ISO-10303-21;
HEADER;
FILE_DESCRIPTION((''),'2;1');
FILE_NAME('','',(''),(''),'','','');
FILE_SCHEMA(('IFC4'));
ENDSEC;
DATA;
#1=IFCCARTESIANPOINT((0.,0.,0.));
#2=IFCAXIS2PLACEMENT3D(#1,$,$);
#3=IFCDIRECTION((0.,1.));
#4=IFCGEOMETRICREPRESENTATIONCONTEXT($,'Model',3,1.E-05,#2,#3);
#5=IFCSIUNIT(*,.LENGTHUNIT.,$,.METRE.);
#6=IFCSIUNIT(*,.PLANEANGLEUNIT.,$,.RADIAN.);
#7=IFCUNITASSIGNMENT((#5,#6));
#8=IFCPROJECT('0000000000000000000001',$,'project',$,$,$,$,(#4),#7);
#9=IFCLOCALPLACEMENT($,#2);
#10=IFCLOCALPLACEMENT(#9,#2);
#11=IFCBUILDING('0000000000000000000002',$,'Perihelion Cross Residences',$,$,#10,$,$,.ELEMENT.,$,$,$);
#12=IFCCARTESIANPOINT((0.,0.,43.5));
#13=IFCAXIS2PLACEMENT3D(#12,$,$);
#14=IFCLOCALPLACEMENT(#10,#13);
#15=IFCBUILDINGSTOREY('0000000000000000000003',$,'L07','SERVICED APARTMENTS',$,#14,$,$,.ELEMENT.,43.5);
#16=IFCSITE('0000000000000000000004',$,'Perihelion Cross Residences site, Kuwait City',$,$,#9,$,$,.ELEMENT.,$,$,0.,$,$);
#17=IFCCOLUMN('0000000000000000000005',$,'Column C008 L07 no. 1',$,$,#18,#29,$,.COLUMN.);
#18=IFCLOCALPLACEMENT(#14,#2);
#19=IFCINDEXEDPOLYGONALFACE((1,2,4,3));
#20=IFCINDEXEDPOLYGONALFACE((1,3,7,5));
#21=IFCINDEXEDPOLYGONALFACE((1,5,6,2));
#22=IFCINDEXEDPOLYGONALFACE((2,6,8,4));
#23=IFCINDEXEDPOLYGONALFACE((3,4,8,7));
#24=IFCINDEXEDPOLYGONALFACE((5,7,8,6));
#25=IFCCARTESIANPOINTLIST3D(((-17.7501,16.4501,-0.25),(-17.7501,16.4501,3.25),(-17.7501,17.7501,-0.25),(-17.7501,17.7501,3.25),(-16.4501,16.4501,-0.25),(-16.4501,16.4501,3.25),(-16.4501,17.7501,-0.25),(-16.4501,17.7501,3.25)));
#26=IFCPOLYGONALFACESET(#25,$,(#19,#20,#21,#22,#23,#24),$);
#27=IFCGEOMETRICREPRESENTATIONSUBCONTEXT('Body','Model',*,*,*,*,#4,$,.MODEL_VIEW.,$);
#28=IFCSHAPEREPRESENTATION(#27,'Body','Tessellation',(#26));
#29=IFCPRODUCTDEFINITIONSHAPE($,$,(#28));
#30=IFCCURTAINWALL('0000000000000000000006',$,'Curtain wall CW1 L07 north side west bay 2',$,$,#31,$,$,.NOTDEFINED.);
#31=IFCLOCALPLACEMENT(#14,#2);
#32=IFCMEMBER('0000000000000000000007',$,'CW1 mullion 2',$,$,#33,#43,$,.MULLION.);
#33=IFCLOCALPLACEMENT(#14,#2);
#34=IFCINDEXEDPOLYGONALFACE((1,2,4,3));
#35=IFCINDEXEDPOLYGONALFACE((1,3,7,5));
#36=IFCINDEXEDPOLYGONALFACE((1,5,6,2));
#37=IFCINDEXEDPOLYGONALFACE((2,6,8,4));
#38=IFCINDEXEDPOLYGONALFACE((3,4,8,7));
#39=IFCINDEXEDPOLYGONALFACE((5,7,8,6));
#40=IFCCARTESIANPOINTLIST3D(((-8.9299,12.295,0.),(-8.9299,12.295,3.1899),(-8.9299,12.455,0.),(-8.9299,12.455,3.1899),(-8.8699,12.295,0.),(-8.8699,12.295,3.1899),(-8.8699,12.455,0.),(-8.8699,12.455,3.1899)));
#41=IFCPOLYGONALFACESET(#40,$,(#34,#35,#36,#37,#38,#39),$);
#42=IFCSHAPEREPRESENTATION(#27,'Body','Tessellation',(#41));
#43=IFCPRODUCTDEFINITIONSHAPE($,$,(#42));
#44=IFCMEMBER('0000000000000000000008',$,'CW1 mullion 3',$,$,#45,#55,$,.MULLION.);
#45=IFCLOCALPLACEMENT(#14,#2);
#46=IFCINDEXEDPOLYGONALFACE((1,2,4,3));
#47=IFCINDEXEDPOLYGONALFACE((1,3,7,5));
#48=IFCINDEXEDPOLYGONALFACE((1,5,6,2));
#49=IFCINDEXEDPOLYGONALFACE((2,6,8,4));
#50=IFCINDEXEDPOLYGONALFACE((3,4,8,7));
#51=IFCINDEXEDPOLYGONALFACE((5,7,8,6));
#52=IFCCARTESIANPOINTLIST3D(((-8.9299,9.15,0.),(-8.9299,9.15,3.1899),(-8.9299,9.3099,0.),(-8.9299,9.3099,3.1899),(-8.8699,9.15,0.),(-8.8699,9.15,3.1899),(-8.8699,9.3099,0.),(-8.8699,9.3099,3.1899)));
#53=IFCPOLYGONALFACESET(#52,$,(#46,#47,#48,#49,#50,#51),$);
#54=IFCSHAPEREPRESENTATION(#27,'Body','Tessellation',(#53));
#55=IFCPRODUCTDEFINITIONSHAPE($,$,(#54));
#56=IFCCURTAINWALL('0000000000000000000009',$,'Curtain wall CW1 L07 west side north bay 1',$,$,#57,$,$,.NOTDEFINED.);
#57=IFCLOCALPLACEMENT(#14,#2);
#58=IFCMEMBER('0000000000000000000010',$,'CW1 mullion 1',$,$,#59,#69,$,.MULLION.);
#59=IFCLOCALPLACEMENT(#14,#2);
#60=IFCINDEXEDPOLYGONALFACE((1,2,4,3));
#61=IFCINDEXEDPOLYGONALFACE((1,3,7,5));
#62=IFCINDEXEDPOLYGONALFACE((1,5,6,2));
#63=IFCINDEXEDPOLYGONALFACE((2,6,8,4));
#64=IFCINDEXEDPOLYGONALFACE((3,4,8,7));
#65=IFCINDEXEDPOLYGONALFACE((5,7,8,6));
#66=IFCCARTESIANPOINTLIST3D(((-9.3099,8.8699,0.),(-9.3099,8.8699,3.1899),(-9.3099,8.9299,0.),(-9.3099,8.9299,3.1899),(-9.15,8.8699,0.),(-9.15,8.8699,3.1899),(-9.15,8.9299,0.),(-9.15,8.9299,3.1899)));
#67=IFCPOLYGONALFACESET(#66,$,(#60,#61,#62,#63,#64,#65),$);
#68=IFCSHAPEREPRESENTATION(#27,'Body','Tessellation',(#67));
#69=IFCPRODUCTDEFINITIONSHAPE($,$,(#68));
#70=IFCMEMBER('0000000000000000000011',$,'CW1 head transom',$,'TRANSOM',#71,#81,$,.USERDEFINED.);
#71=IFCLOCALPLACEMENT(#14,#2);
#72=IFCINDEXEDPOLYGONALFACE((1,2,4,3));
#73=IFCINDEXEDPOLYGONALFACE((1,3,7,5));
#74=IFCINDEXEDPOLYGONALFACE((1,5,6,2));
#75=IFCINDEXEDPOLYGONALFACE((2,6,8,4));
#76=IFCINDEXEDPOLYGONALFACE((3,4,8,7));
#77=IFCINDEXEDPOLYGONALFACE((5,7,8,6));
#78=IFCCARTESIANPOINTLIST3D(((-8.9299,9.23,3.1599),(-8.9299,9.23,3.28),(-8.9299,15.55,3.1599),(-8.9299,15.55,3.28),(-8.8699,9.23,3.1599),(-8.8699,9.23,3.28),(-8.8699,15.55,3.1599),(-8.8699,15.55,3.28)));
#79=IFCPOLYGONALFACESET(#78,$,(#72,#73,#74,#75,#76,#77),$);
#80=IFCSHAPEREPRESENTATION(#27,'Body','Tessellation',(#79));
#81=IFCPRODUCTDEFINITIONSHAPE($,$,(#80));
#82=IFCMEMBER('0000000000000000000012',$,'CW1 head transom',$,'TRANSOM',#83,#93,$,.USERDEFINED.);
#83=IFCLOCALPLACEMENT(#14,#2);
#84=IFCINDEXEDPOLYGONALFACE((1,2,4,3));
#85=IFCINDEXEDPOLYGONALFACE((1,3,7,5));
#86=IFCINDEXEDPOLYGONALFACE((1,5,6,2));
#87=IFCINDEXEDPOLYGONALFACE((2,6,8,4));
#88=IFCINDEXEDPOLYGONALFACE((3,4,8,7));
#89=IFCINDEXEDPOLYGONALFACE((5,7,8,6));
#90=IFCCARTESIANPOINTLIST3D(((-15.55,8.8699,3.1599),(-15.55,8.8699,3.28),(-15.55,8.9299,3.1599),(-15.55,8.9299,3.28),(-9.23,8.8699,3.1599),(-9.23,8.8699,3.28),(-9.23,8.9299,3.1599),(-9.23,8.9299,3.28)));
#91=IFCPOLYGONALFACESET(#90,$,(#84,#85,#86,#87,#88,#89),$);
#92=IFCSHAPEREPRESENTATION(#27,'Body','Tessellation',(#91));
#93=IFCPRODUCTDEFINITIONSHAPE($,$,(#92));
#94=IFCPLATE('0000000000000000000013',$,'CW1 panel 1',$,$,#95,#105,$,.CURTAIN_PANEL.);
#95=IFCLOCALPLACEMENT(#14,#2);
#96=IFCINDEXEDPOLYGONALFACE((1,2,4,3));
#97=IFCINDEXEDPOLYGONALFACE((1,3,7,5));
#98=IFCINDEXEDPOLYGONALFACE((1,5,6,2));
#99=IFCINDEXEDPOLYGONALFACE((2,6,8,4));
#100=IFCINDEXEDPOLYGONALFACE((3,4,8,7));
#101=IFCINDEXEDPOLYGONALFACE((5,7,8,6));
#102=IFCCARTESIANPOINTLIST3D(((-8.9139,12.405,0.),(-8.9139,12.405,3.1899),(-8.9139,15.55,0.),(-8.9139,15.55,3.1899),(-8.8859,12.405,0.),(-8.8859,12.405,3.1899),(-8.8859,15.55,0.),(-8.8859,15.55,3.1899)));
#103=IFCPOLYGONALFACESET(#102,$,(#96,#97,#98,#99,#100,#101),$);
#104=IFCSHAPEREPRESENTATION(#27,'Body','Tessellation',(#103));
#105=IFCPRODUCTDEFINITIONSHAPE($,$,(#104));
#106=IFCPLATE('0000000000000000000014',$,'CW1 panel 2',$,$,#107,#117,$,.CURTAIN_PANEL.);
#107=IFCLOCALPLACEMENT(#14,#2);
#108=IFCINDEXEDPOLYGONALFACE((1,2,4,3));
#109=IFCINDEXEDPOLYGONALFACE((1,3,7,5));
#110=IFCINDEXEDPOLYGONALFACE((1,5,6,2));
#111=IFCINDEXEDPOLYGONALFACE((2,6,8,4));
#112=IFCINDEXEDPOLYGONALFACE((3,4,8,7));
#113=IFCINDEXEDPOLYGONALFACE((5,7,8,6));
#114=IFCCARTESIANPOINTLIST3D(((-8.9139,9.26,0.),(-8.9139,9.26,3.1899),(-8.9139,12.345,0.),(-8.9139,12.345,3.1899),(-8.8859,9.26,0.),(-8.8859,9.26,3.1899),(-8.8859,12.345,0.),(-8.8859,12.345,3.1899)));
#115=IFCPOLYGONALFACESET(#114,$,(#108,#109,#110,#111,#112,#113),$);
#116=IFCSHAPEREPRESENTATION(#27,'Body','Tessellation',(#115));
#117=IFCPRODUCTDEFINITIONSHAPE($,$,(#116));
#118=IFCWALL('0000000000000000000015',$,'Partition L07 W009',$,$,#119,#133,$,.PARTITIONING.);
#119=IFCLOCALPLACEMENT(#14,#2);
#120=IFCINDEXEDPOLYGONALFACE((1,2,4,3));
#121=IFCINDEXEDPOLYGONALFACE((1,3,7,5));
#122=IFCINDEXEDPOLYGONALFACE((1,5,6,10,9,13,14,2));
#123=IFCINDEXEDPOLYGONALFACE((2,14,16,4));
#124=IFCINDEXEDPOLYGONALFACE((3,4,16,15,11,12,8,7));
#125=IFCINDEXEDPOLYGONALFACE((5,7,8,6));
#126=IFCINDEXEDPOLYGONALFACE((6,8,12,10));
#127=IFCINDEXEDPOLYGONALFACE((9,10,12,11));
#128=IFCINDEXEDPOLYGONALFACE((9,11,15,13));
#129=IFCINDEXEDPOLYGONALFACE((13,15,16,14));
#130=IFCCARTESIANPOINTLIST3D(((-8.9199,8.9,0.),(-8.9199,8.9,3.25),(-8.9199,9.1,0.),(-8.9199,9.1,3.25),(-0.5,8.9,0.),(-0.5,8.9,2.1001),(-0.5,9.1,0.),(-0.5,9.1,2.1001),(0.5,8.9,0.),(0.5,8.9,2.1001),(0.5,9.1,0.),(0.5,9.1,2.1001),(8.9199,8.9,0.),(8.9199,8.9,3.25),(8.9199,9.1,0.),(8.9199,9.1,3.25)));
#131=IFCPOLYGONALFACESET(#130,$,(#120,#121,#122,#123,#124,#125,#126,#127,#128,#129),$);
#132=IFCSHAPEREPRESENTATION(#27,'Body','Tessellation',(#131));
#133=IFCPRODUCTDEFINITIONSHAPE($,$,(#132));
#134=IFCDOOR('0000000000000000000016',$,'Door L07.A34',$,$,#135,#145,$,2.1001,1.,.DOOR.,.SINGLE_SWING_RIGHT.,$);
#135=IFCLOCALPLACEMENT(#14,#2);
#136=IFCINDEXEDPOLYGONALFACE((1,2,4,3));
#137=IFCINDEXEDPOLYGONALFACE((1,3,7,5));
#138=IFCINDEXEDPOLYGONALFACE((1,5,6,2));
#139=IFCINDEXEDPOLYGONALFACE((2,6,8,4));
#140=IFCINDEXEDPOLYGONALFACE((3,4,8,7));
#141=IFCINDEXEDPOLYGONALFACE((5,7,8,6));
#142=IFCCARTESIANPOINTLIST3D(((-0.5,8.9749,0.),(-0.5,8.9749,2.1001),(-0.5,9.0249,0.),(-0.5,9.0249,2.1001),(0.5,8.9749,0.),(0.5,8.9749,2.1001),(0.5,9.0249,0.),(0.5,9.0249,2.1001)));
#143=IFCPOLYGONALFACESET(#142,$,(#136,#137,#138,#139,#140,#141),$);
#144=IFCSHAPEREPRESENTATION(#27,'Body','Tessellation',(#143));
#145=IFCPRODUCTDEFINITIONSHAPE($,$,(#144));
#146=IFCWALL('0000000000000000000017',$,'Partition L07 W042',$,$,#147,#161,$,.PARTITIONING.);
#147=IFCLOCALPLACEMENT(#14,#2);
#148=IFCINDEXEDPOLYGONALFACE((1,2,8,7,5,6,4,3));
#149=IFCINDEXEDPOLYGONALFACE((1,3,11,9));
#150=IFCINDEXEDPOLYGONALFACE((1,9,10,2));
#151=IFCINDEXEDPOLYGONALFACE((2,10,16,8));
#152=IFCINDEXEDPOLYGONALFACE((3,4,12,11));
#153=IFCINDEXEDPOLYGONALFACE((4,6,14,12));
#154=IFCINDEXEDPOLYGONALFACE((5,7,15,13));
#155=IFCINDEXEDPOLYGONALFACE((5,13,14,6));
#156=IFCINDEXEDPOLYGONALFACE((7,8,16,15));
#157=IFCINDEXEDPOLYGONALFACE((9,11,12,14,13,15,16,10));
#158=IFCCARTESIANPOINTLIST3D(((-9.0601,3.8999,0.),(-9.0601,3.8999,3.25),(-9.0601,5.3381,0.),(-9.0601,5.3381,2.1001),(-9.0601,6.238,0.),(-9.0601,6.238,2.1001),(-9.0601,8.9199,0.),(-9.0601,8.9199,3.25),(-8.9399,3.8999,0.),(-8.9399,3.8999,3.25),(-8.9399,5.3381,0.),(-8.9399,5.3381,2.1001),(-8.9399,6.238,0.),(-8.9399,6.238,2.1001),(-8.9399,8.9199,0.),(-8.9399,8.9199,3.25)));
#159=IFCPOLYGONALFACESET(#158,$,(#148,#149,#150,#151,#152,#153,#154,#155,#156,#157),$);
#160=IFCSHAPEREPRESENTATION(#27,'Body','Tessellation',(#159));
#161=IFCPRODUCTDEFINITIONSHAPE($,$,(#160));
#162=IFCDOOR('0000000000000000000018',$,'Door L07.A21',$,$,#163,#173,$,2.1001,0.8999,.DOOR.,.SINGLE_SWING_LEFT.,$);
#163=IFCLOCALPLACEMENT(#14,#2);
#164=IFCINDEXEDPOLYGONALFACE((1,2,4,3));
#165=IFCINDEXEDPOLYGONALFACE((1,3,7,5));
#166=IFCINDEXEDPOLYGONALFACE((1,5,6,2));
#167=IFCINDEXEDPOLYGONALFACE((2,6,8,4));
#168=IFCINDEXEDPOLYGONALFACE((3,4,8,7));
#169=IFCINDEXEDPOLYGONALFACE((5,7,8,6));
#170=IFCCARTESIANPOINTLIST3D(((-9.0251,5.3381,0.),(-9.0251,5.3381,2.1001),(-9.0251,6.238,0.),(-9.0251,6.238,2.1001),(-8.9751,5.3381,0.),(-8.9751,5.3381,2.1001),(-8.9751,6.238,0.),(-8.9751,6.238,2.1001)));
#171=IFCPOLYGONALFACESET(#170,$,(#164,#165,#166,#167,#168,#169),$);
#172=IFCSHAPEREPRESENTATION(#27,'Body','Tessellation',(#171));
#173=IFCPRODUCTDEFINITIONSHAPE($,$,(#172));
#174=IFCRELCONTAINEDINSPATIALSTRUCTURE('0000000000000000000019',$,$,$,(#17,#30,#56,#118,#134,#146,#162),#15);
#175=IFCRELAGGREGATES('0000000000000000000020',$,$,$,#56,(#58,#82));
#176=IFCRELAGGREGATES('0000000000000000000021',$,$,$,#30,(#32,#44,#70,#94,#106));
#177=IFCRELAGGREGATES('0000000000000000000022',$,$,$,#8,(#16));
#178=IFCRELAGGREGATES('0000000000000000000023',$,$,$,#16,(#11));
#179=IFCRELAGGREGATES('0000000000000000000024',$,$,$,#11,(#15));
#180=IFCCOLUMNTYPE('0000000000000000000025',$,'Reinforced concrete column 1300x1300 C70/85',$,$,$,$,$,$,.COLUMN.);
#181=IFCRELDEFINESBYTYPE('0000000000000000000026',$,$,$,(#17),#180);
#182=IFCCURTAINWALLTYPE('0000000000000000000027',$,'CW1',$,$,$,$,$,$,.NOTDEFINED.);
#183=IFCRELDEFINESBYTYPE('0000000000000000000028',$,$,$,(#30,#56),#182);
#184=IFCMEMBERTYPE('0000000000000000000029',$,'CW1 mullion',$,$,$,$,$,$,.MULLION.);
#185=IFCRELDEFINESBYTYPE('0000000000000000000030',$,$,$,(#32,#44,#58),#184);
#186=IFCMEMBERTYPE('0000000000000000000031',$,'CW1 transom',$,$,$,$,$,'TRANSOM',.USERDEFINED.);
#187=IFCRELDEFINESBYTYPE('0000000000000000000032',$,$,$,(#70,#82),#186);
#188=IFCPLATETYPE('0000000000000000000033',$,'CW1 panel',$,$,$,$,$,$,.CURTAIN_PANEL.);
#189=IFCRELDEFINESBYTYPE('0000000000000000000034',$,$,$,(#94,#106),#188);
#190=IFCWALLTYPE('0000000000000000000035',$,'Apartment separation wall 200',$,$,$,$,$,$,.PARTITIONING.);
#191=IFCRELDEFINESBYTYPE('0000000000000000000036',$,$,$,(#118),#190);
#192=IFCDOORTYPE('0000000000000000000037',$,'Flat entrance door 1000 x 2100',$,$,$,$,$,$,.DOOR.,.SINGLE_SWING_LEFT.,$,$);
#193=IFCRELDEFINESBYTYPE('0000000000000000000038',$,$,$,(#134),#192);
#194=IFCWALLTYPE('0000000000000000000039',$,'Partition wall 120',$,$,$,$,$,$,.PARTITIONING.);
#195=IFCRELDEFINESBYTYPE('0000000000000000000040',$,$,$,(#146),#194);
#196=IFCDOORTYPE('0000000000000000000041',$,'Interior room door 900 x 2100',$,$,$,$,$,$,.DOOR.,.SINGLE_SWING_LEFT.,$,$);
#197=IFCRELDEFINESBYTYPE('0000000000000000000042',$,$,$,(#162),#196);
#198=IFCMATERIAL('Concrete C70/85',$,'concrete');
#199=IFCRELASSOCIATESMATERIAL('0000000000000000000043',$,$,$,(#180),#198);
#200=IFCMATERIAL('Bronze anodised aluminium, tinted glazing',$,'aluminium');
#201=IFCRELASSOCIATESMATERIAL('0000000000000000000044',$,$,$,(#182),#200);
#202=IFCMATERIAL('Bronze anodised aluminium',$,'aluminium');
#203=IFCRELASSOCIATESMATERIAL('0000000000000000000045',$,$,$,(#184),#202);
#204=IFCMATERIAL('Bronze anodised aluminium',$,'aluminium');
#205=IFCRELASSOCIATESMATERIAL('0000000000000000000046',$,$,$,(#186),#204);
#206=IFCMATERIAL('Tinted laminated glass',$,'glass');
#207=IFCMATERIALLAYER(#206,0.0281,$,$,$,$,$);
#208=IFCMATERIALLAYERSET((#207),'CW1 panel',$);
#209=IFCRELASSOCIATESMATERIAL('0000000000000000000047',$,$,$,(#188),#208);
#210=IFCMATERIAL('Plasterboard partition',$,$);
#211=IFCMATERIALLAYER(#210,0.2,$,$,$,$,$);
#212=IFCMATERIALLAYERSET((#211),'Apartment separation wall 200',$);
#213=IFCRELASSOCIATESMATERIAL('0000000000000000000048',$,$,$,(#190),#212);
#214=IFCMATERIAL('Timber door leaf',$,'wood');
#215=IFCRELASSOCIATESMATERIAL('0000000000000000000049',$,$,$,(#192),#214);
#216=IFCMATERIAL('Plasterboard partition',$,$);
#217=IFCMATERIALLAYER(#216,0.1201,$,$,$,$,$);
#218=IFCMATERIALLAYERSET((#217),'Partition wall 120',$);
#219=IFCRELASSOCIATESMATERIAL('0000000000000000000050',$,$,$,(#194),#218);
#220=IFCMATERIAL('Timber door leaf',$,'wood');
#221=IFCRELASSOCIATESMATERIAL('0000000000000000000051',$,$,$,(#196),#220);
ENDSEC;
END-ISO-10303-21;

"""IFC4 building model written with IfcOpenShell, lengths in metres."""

from ifc_helpers import new_model, si_unit, direction, frame, frame_2d, origin, origin_2d, place, context, subcontext, project, spatial, rectangle, extrude, material, layer, layer_set, material_profile, profile_set, type_object, element, fill, aggregate, save


model = new_model("IFC4")

# Units and contexts
model_context = context("Model", 3, precision=1e-05, world=origin(), true_north=direction((0.0, 1.0)))
body_context = subcontext(model_context, "Body", "Model", "MODEL_VIEW")
ifc_project = project(units=[si_unit("LENGTHUNIT", "METRE"), si_unit("PLANEANGLEUNIT", "RADIAN")], contexts=[model_context])

# Site, building, storey
site_placement = place(None, origin())
site = spatial("IfcSite", under=ifc_project, at=site_placement, Name="Perihelion Cross Residences site, Kuwait City", CompositionType="ELEMENT", RefElevation=0.0)
building_placement = place(site_placement, origin())
building = spatial("IfcBuilding", under=site, at=building_placement, Name="Perihelion Cross Residences", CompositionType="ELEMENT")
storey_placement = place(building_placement, frame((0.0, 0.0, 43.5)))
storey = spatial("IfcBuildingStorey", under=building, at=storey_placement, Name="L07", Description="SERVICED APARTMENTS", CompositionType="ELEMENT", Elevation=43.5)

# Column
ifc_material_1 = material(Name="Concrete C70/85", Category="concrete")
ifc_material_profile_1 = material_profile(ifc_material_1, rectangle(XDim=1.3, YDim=1.3, at=origin_2d()), Name="RC 1300x1300")
ifc_profile_set_1 = profile_set([ifc_material_profile_1], Name="Concrete C70/85")
column_type = type_object("IfcColumnType", Name="Reinforced concrete column 1300x1300 C70/85", PredefinedType="COLUMN", material=ifc_profile_set_1)
column_placement = place(storey_placement, frame((-17.1001, 17.1001, -0.25), z_axis=(0.0, 0.0, 1.0), x_axis=(1.0, 0.0, 0.0)))
element("IfcColumn", 1, at=column_placement, inside=storey, type_object=column_type, Name="Column C008 L07 no. 1", PredefinedType="COLUMN", context=body_context, shape_type="SweptSolid", body=[
    extrude(rectangle(XDim=1.3, YDim=1.3, at=origin_2d()), origin(), (0.0, 0.0, 1.0), 3.5),
])

# Curtain wall, members
ifc_material_2 = material(Name="Bronze anodised aluminium, tinted glazing", Category="aluminium")
curtain_wall_type = type_object("IfcCurtainWallType", Name="CW1", PredefinedType="NOTDEFINED", material=ifc_material_2)
curtain_wall_1_placement = place(storey_placement, origin())
curtain_wall_1 = element("IfcCurtainWall", 2, at=curtain_wall_1_placement, inside=storey, type_object=curtain_wall_type, Name="Curtain wall CW1 L07 north side west bay 2", PredefinedType="NOTDEFINED")
ifc_material_3 = material(Name="Bronze anodised aluminium", Category="aluminium")
ifc_material_profile_2 = material_profile(ifc_material_3, rectangle(XDim=0.0601, YDim=0.1599, at=origin_2d()), Name="CW1 mullion")
ifc_profile_set_2 = profile_set([ifc_material_profile_2], Name="Bronze anodised aluminium")
member_type_1 = type_object("IfcMemberType", Name="CW1 mullion", PredefinedType="MULLION", material=ifc_profile_set_2)
member_1_placement = place(storey_placement, frame((-8.8999, 12.375, 0.0), z_axis=(0.0, 0.0, 1.0), x_axis=(1.0, 0.0, 0.0)))
member_1 = element("IfcMember", 3, at=member_1_placement, type_object=member_type_1, Name="CW1 mullion 2", PredefinedType="MULLION", context=body_context, shape_type="SweptSolid", body=[
    extrude(rectangle(XDim=0.0601, YDim=0.1599, at=origin_2d()), origin(), (0.0, 0.0, 1.0), 3.1899),
])
member_2_placement = place(storey_placement, frame((-8.8999, 9.23, 0.0), z_axis=(0.0, 0.0, 1.0), x_axis=(1.0, 0.0, 0.0)))
member_2 = element("IfcMember", 4, at=member_2_placement, type_object=member_type_1, Name="CW1 mullion 3", PredefinedType="MULLION", context=body_context, shape_type="SweptSolid", body=[
    extrude(rectangle(XDim=0.0601, YDim=0.1599, at=origin_2d()), origin(), (0.0, 0.0, 1.0), 3.1899),
])

# Curtain wall, member
curtain_wall_2_placement = place(storey_placement, origin())
curtain_wall_2 = element("IfcCurtainWall", 5, at=curtain_wall_2_placement, inside=storey, type_object=curtain_wall_type, Name="Curtain wall CW1 L07 west side north bay 1", PredefinedType="NOTDEFINED")
member_3_placement = place(storey_placement, frame((-9.23, 8.8999, 0.0), z_axis=(0.0, 0.0, 1.0), x_axis=(0.0, -1.0, 0.0)))
member_3 = element("IfcMember", 6, at=member_3_placement, type_object=member_type_1, Name="CW1 mullion 1", PredefinedType="MULLION", context=body_context, shape_type="SweptSolid", body=[
    extrude(rectangle(XDim=0.0601, YDim=0.1599, at=origin_2d()), origin(), (0.0, 0.0, 1.0), 3.1899),
])

# Members
ifc_material_4 = material(Name="Bronze anodised aluminium", Category="aluminium")
ifc_material_profile_3 = material_profile(ifc_material_4, rectangle(XDim=0.0601, YDim=0.1201, at=origin_2d()), Name="CW1 transom")
ifc_profile_set_3 = profile_set([ifc_material_profile_3], Name="Bronze anodised aluminium")
member_type_2 = type_object("IfcMemberType", Name="CW1 transom", ElementType="TRANSOM", PredefinedType="USERDEFINED", material=ifc_profile_set_3)
member_4_placement = place(storey_placement, frame((-8.8999, 15.55, 3.22), z_axis=(0.0, -1.0, 0.0), x_axis=(1.0, 0.0, 0.0)))
member_4 = element("IfcMember", 7, at=member_4_placement, type_object=member_type_2, Name="CW1 head transom", ObjectType="TRANSOM", PredefinedType="USERDEFINED", context=body_context, shape_type="SweptSolid", body=[
    extrude(rectangle(XDim=0.0601, YDim=0.1201, at=origin_2d()), origin(), (0.0, 0.0, 1.0), 6.3201),
])
member_5_placement = place(storey_placement, frame((-9.23, 8.8999, 3.22), z_axis=(-1.0, 0.0, 0.0), x_axis=(0.0, -1.0, 0.0)))
member_5 = element("IfcMember", 8, at=member_5_placement, type_object=member_type_2, Name="CW1 head transom", ObjectType="TRANSOM", PredefinedType="USERDEFINED", context=body_context, shape_type="SweptSolid", body=[
    extrude(rectangle(XDim=0.0601, YDim=0.1201, at=origin_2d()), origin(), (0.0, 0.0, 1.0), 6.3201),
])
aggregate(curtain_wall_2, [member_3, member_5])

# Plates
ifc_material_5 = material(Name="Tinted laminated glass", Category="glass")
ifc_layer_1 = layer(ifc_material_5, 0.0281)
ifc_layer_set_1 = layer_set([ifc_layer_1], Name="CW1 panel")
plate_type = type_object("IfcPlateType", Name="CW1 panel", PredefinedType="CURTAIN_PANEL", material=ifc_layer_set_1)
plate_1_placement = place(storey_placement, frame((-8.8999, 13.9775, 0.0), z_axis=(0.0, 0.0, 1.0), x_axis=(0.0, -1.0, 0.0)))
plate_1 = element("IfcPlate", 9, at=plate_1_placement, type_object=plate_type, Name="CW1 panel 1", PredefinedType="CURTAIN_PANEL", context=body_context, shape_type="SweptSolid", body=[
    extrude(rectangle(XDim=3.145, YDim=0.0281, at=origin_2d()), origin(), (0.0, 0.0, 1.0), 3.1899),
])
plate_2_placement = place(storey_placement, frame((-8.8999, 10.8025, 0.0), z_axis=(0.0, 0.0, 1.0), x_axis=(0.0, -1.0, 0.0)))
plate_2 = element("IfcPlate", 10, at=plate_2_placement, type_object=plate_type, Name="CW1 panel 2", PredefinedType="CURTAIN_PANEL", context=body_context, shape_type="SweptSolid", body=[
    extrude(rectangle(XDim=3.085, YDim=0.0281, at=origin_2d()), origin(), (0.0, 0.0, 1.0), 3.1899),
])
aggregate(curtain_wall_1, [member_1, member_2, member_4, plate_1, plate_2])

# Walls, openings, doors
ifc_material_6 = material(Name="Plasterboard partition")
ifc_layer_2 = layer(ifc_material_6, 0.2)
ifc_layer_set_2 = layer_set([ifc_layer_2], Name="Apartment separation wall 200")
wall_type_1 = type_object("IfcWallType", Name="Apartment separation wall 200", PredefinedType="PARTITIONING", material=ifc_layer_set_2)
wall_1_placement = place(storey_placement, frame((-8.9199, 9.0, 0.0), z_axis=(0.0, 0.0, 1.0), x_axis=(1.0, 0.0, 0.0)))
wall_1 = element("IfcWall", 11, at=wall_1_placement, inside=storey, type_object=wall_type_1, Name="Partition L07 W009", PredefinedType="PARTITIONING", context=body_context, shape_type="SweptSolid", body=[
    extrude(rectangle(XDim=17.8398, YDim=0.2, at=frame_2d((8.9199, 0.0))), origin(), (0.0, 0.0, 1.0), 3.25),
])
opening_1_placement = place(wall_1_placement, frame((8.4199, 0.0, 0.0)))
opening_1 = element("IfcOpeningElement", 12, at=opening_1_placement, cuts=wall_1, PredefinedType="OPENING", context=body_context, shape_type="SweptSolid", body=[
    extrude(rectangle(XDim=1.0, YDim=2.1001, at=frame_2d((0.5, 1.05))), frame((0.0, 0.1099, 0.0), z_axis=(0.0, -1.0, 0.0), x_axis=(1.0, 0.0, 0.0)), (0.0, 0.0, 1.0), 0.22),
])
ifc_material_7 = material(Name="Timber door leaf", Category="wood")
door_type_1 = type_object("IfcDoorType", Name="Flat entrance door 1000 x 2100", OperationType="SINGLE_SWING_LEFT", PredefinedType="DOOR", material=ifc_material_7)
door_1_placement = place(opening_1_placement, origin())
door_1 = element("IfcDoor", 13, at=door_1_placement, inside=storey, type_object=door_type_1, Name="Door L07.A34", OperationType="SINGLE_SWING_RIGHT", OverallHeight=2.1001, OverallWidth=1.0, PredefinedType="DOOR", context=body_context, shape_type="SweptSolid", body=[
    extrude(rectangle(XDim=1.0, YDim=2.1001, at=frame_2d((0.5, 1.05))), frame((0.0, 0.0249, 0.0), z_axis=(0.0, -1.0, 0.0), x_axis=(1.0, 0.0, 0.0)), (0.0, 0.0, 1.0), 0.05),
])
fill(opening_1, door_1)
ifc_material_8 = material(Name="Plasterboard partition")
ifc_layer_3 = layer(ifc_material_8, 0.1201)
ifc_layer_set_3 = layer_set([ifc_layer_3], Name="Partition wall 120")
wall_type_2 = type_object("IfcWallType", Name="Partition wall 120", PredefinedType="PARTITIONING", material=ifc_layer_set_3)
wall_2_placement = place(storey_placement, frame((-9.0, 8.9199, 0.0), z_axis=(0.0, 0.0, 1.0), x_axis=(0.0, -1.0, 0.0)))
wall_2 = element("IfcWall", 14, at=wall_2_placement, inside=storey, type_object=wall_type_2, Name="Partition L07 W042", PredefinedType="PARTITIONING", context=body_context, shape_type="SweptSolid", body=[
    extrude(rectangle(XDim=5.02, YDim=0.1201, at=frame_2d((2.51, 0.0))), origin(), (0.0, 0.0, 1.0), 3.25),
])
opening_2_placement = place(wall_2_placement, frame((2.6819, 0.0, 0.0)))
opening_2 = element("IfcOpeningElement", 15, at=opening_2_placement, cuts=wall_2, PredefinedType="OPENING", context=body_context, shape_type="SweptSolid", body=[
    extrude(rectangle(XDim=0.8999, YDim=2.1001, at=frame_2d((0.45, 1.05))), frame((0.0, 0.0701, 0.0), z_axis=(0.0, -1.0, 0.0), x_axis=(1.0, 0.0, 0.0)), (0.0, 0.0, 1.0), 0.1401),
])
ifc_material_9 = material(Name="Timber door leaf", Category="wood")
door_type_2 = type_object("IfcDoorType", Name="Interior room door 900 x 2100", OperationType="SINGLE_SWING_LEFT", PredefinedType="DOOR", material=ifc_material_9)
door_2_placement = place(opening_2_placement, origin())
door_2 = element("IfcDoor", 16, at=door_2_placement, inside=storey, type_object=door_type_2, Name="Door L07.A21", OperationType="SINGLE_SWING_LEFT", OverallHeight=2.1001, OverallWidth=0.8999, PredefinedType="DOOR", context=body_context, shape_type="SweptSolid", body=[
    extrude(rectangle(XDim=0.8999, YDim=2.1001, at=frame_2d((0.45, 1.05))), frame((0.0, 0.0249, 0.0), z_axis=(0.0, -1.0, 0.0), x_axis=(1.0, 0.0, 0.0)), (0.0, 0.0, 1.0), 0.05),
])
fill(opening_2, door_2)

save(model, "model.ifc")
